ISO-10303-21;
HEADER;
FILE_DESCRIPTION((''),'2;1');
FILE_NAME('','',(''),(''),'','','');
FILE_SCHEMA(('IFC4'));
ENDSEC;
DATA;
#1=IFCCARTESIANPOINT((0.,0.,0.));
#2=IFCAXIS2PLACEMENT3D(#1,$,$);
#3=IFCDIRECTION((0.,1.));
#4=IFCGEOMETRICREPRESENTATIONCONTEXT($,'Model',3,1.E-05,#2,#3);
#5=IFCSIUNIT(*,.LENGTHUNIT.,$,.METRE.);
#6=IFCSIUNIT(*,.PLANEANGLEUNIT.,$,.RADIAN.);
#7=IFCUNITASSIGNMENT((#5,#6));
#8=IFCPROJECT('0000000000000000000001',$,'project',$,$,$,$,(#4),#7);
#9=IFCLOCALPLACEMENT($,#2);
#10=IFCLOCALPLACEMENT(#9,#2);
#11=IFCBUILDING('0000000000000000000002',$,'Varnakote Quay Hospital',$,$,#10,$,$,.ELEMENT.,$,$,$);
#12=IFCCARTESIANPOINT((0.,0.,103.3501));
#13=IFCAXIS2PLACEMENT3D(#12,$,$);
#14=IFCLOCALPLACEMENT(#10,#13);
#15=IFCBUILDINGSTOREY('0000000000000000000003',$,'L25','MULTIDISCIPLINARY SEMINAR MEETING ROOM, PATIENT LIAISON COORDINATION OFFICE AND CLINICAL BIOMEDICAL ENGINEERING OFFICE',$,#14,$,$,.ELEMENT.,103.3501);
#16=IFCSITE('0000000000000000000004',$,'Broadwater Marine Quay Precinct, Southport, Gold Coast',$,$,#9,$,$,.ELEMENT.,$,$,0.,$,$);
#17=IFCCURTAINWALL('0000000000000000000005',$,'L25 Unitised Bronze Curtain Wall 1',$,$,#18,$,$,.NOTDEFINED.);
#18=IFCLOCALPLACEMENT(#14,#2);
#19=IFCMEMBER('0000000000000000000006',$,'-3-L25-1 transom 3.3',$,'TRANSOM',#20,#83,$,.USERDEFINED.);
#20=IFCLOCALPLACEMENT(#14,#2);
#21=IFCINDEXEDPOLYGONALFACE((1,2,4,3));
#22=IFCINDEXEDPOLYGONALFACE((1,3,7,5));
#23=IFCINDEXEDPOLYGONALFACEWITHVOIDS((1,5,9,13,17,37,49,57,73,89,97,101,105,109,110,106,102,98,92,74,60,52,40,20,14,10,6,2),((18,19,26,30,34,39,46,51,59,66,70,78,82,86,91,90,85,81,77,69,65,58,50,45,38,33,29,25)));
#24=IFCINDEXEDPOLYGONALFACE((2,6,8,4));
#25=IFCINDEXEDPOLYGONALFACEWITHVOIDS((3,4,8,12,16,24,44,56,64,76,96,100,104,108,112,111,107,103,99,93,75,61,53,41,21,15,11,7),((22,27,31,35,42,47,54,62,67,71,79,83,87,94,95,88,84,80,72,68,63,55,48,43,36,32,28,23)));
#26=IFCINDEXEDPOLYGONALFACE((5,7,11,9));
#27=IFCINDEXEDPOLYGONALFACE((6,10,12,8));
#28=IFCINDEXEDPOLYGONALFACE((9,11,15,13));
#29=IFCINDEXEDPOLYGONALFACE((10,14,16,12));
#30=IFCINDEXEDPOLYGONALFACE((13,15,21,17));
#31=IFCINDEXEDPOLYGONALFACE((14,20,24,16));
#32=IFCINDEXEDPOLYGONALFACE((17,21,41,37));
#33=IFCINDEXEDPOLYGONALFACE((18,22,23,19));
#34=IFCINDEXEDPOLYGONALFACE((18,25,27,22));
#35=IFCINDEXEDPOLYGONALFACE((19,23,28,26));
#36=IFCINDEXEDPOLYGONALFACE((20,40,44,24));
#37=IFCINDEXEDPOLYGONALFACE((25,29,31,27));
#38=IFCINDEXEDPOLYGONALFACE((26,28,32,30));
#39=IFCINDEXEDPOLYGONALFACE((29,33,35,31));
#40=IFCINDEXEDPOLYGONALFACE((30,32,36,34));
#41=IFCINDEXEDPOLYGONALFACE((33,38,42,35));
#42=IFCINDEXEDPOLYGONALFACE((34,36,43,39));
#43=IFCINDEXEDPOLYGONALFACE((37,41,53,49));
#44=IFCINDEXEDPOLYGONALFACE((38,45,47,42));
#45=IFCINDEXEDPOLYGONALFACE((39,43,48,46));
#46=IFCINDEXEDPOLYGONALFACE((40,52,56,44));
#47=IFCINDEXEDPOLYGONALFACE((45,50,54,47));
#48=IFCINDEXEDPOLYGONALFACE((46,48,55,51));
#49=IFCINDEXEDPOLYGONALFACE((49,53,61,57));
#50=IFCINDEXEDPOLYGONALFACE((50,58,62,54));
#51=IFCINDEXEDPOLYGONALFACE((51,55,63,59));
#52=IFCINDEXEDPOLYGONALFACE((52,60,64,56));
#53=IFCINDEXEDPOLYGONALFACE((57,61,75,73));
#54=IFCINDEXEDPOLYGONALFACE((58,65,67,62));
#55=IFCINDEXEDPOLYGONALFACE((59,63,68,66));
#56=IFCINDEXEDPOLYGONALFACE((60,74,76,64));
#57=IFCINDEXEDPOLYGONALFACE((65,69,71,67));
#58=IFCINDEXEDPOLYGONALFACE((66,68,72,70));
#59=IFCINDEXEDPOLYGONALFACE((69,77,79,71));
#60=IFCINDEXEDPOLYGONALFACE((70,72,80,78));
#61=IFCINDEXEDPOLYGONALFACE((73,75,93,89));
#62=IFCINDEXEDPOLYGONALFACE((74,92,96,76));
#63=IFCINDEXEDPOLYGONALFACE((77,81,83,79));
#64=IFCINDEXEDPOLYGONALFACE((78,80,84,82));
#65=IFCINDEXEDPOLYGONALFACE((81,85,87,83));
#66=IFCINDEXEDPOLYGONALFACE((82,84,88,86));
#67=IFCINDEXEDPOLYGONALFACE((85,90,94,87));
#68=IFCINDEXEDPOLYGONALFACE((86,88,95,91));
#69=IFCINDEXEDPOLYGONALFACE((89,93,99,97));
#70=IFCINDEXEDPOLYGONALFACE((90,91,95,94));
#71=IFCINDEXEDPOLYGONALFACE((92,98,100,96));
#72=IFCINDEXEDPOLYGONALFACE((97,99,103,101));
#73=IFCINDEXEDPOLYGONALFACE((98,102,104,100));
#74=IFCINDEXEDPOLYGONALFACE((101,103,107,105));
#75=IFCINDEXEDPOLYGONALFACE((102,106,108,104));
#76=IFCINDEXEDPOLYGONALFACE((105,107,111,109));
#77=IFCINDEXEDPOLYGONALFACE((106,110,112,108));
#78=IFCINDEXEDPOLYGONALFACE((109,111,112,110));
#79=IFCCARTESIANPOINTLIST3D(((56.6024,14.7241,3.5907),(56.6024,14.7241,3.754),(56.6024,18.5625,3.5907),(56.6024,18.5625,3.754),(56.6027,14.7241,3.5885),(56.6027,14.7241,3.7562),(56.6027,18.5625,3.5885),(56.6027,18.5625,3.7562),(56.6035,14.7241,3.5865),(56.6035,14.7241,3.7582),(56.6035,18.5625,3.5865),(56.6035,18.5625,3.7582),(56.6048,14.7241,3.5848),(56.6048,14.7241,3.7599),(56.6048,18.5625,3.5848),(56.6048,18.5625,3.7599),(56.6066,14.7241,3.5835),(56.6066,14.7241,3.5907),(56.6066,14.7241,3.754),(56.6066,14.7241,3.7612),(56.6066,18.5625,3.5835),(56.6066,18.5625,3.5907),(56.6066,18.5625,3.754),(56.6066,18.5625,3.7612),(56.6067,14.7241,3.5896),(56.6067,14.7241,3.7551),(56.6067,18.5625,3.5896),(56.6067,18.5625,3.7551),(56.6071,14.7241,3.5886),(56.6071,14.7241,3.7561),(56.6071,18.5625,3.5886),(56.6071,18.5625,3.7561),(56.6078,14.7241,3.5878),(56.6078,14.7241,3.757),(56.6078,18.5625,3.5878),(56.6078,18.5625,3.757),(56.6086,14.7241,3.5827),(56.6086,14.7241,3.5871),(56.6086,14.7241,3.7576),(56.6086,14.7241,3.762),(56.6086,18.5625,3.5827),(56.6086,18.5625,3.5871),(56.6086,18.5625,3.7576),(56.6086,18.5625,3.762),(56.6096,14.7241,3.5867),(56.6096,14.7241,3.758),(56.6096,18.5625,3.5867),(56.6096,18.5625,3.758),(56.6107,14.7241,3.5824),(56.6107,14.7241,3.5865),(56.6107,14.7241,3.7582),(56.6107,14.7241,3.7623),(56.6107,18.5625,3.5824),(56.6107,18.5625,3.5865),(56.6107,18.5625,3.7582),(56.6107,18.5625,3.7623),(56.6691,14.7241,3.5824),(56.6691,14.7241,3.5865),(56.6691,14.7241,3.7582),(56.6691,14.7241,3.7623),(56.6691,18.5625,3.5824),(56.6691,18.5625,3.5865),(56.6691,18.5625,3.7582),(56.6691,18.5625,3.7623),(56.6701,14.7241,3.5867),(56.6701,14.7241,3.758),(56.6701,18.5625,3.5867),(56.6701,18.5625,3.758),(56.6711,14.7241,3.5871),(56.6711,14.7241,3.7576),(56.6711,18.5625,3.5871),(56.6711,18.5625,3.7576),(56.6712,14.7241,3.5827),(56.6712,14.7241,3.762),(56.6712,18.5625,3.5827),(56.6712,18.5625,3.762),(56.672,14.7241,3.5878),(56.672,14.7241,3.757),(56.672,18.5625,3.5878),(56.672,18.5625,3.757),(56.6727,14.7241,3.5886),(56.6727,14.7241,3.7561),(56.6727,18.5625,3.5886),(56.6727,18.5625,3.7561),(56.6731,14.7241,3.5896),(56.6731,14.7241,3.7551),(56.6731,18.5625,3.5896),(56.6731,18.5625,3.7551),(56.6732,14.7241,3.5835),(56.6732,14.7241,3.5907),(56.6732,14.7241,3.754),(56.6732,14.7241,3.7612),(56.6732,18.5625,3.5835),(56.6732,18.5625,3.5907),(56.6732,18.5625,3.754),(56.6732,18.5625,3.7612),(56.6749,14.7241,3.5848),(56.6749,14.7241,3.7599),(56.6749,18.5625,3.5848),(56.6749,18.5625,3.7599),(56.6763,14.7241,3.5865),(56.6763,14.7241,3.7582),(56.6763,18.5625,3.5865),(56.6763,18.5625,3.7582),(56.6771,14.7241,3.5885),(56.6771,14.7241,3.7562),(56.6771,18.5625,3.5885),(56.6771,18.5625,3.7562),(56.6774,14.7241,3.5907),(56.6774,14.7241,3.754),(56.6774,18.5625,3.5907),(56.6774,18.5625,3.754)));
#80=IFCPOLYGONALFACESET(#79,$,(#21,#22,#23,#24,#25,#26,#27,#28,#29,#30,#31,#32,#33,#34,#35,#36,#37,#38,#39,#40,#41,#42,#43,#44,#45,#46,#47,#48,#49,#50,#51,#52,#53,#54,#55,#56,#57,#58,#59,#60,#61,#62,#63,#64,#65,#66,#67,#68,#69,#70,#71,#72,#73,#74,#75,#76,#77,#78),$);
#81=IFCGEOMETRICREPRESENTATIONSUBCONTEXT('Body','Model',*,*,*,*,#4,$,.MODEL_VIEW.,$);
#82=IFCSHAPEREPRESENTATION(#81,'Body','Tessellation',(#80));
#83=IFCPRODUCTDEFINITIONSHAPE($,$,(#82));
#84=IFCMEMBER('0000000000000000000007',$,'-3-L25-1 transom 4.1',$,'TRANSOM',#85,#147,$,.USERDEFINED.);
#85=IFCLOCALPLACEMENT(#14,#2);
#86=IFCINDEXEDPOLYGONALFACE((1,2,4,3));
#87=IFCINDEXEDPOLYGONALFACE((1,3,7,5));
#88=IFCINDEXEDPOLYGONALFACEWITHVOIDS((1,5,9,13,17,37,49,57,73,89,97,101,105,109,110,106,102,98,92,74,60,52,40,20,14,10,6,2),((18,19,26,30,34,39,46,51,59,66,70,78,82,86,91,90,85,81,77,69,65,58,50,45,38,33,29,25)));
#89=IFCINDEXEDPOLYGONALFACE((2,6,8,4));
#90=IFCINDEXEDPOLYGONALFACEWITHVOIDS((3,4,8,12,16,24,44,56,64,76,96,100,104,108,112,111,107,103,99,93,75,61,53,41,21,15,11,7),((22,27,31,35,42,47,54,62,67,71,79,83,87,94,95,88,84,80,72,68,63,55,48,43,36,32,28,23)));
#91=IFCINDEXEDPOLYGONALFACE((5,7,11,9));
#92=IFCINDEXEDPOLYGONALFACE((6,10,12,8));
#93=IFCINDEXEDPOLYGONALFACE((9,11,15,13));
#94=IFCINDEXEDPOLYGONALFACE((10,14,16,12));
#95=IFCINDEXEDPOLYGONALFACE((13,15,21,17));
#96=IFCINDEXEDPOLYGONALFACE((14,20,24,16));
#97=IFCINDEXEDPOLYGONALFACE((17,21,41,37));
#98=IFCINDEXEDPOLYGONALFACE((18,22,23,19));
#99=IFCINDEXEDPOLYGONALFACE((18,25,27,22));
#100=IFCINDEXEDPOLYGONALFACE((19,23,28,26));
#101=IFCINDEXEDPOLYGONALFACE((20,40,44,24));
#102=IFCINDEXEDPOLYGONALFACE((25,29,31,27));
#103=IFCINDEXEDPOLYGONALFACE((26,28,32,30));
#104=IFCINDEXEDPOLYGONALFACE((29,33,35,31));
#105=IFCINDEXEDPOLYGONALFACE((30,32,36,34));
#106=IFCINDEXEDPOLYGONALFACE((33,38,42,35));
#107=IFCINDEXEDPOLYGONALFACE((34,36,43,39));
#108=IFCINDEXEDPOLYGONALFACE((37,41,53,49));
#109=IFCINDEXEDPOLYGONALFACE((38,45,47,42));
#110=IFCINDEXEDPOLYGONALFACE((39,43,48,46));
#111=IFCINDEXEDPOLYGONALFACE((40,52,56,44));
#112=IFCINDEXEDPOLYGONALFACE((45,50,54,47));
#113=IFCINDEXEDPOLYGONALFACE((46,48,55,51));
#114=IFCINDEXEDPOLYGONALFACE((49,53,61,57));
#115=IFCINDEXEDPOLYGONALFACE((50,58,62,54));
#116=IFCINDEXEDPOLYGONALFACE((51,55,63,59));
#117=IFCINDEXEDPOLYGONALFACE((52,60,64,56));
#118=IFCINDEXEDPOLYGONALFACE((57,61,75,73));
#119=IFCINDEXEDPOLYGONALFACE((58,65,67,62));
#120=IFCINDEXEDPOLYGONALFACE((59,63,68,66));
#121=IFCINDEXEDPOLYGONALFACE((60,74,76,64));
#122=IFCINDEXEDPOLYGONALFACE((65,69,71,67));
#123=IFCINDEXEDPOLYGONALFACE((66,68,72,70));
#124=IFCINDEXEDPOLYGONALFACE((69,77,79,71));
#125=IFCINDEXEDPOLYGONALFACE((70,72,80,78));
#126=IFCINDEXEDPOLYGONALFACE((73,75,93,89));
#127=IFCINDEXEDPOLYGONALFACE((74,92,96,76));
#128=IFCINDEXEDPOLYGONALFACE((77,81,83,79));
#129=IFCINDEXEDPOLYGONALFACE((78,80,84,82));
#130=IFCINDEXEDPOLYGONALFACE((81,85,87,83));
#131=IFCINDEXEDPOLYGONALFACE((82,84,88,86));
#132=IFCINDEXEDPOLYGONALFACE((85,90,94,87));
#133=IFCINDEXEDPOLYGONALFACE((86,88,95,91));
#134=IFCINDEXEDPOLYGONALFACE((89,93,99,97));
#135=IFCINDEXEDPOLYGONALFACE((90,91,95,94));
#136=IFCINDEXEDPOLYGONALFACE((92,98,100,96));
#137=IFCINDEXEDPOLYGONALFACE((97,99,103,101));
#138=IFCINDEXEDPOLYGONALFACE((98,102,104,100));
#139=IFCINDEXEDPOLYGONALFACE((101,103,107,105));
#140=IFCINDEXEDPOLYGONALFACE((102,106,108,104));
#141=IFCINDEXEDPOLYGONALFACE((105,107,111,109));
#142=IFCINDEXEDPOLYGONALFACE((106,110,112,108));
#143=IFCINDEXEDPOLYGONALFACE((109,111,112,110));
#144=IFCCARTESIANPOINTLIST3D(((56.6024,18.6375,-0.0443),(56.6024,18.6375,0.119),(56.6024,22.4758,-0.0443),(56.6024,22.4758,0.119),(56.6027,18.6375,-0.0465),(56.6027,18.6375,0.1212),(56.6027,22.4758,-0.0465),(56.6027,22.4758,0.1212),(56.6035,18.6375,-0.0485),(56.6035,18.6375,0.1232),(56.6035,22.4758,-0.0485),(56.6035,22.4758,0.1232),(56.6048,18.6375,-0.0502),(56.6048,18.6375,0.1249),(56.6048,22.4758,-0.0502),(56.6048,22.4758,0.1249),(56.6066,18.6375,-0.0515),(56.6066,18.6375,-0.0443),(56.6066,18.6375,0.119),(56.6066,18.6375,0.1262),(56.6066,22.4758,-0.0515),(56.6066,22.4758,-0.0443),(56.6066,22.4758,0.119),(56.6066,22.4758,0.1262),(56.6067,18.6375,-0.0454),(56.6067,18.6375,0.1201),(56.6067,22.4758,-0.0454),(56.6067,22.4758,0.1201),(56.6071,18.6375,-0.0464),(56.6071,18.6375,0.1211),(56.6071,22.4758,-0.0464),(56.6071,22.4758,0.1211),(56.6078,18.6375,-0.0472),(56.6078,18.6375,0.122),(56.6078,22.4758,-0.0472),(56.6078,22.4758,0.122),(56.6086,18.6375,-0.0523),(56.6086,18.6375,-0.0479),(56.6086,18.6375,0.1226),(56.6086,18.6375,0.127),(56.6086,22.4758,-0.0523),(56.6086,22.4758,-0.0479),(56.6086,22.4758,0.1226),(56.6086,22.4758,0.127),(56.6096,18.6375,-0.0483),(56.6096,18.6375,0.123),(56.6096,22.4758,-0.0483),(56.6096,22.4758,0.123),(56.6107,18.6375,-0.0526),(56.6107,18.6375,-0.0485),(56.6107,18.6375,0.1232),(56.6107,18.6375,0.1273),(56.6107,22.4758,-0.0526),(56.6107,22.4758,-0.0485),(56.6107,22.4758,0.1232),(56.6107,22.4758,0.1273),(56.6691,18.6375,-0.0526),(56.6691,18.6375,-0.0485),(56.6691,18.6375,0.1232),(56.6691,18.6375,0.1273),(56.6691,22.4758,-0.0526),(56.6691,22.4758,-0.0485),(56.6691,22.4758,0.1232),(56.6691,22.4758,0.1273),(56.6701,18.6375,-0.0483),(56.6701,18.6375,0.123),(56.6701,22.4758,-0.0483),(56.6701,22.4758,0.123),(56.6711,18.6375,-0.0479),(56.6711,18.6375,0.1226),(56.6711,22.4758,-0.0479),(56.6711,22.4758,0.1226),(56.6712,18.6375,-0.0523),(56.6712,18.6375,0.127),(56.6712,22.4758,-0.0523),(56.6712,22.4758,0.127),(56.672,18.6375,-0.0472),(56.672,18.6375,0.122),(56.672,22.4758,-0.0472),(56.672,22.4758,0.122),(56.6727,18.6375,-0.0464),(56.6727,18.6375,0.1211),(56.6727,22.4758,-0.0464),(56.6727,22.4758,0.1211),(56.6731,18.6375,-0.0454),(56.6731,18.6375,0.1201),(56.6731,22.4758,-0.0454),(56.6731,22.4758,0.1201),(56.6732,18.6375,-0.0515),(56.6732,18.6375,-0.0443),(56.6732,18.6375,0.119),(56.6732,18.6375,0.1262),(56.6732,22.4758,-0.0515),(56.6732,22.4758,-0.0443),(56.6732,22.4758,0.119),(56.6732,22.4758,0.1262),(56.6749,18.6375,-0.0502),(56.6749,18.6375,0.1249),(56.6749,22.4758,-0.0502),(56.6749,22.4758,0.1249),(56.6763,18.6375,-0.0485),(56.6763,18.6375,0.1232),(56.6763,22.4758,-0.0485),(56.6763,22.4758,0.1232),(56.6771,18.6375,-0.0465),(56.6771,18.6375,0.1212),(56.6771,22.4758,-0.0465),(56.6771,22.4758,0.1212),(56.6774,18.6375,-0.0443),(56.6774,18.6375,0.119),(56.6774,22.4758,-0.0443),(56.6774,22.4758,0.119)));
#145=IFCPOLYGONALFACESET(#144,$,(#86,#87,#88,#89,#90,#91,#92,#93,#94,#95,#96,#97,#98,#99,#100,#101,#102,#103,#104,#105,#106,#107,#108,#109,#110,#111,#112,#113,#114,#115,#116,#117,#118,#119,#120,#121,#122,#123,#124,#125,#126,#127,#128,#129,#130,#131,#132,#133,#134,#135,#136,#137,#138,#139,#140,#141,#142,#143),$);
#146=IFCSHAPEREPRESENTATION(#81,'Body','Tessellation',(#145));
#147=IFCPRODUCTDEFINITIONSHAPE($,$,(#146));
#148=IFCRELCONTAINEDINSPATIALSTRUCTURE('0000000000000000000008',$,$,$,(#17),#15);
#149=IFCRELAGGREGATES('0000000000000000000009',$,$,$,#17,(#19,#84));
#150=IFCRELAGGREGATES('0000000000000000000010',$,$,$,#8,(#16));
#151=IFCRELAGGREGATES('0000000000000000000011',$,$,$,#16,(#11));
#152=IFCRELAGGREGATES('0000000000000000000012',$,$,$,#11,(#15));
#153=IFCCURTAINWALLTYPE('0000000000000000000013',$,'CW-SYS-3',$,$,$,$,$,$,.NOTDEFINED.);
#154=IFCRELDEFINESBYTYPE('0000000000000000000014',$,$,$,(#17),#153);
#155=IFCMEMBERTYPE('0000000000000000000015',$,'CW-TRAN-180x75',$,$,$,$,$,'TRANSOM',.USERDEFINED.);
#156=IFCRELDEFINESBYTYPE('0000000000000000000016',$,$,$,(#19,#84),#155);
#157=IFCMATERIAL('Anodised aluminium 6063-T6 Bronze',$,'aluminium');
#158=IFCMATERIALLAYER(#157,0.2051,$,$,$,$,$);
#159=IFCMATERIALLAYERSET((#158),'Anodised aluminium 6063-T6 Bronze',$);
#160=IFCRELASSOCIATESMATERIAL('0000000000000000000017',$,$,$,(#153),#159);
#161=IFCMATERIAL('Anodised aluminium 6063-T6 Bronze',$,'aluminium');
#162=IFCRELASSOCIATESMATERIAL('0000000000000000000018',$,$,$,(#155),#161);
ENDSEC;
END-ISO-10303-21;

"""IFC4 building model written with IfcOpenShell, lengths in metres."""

from ifc_helpers import new_model, si_unit, direction, frame, origin, origin_2d, place, context, subcontext, project, spatial, hollow_rectangle, extrude, material, layer, layer_set, material_profile, profile_set, type_object, element, aggregate, save


model = new_model("IFC4")

# Units and contexts
model_context = context("Model", 3, precision=1e-05, world=origin(), true_north=direction((0.0, 1.0)))
body_context = subcontext(model_context, "Body", "Model", "MODEL_VIEW")
ifc_project = project(units=[si_unit("LENGTHUNIT", "METRE"), si_unit("PLANEANGLEUNIT", "RADIAN")], contexts=[model_context])

# Site, building, storey
site_placement = place(None, origin())
site = spatial("IfcSite", under=ifc_project, at=site_placement, Name="Broadwater Marine Quay Precinct, Southport, Gold Coast", CompositionType="ELEMENT", RefElevation=0.0)
building_placement = place(site_placement, origin())
building = spatial("IfcBuilding", under=site, at=building_placement, Name="Varnakote Quay Hospital", CompositionType="ELEMENT")
storey_placement = place(building_placement, frame((0.0, 0.0, 103.3501)))
storey = spatial("IfcBuildingStorey", under=building, at=storey_placement, Name="L25", Description="MULTIDISCIPLINARY SEMINAR MEETING ROOM, PATIENT LIAISON COORDINATION OFFICE AND CLINICAL BIOMEDICAL ENGINEERING OFFICE", CompositionType="ELEMENT", Elevation=103.3501)

# Curtain wall, members
ifc_material_1 = material(Name="Anodised aluminium 6063-T6 Bronze", Category="aluminium")
ifc_layer_1 = layer(ifc_material_1, 0.2051)
ifc_layer_set_1 = layer_set([ifc_layer_1], Name="Anodised aluminium 6063-T6 Bronze")
curtain_wall_type = type_object("IfcCurtainWallType", Name="CW-SYS-3", PredefinedType="NOTDEFINED", material=ifc_layer_set_1)
curtain_wall_placement = place(storey_placement, origin())
curtain_wall = element("IfcCurtainWall", 1, at=curtain_wall_placement, inside=storey, type_object=curtain_wall_type, Name="L25 Unitised Bronze Curtain Wall 1", PredefinedType="NOTDEFINED")
ifc_material_2 = material(Name="Anodised aluminium 6063-T6 Bronze", Category="aluminium")
ifc_material_profile_1 = material_profile(ifc_material_2, hollow_rectangle(XDim=0.075, YDim=0.1799, WallThickness=0.0042, InnerFilletRadius=0.0042, OuterFilletRadius=0.0083, at=origin_2d()), Name="CW-TRAN-180x75")
ifc_profile_set_1 = profile_set([ifc_material_profile_1], Name="Anodised aluminium 6063-T6 Bronze")
member_type_1 = type_object("IfcMemberType", Name="CW-TRAN-180x75", ElementType="TRANSOM", PredefinedType="USERDEFINED", material=ifc_profile_set_1)
member_1_placement = place(storey_placement, frame((56.6399, 14.7241, 3.6724), z_axis=(0.0, 1.0, 0.0), x_axis=(-1.0, 0.0, 0.0)))
member_1 = element("IfcMember", 2, at=member_1_placement, type_object=member_type_1, Name="-3-L25-1 transom 3.3", ObjectType="TRANSOM", PredefinedType="USERDEFINED", context=body_context, shape_type="SweptSolid", body=[
    extrude(hollow_rectangle(XDim=0.075, YDim=0.1799, WallThickness=0.0042, InnerFilletRadius=0.0042, OuterFilletRadius=0.0083, at=origin_2d()), origin(), (0.0, 0.0, 1.0), 3.8384),
])
member_2_placement = place(storey_placement, frame((56.6399, 18.6375, 0.0374), z_axis=(0.0, 1.0, 0.0), x_axis=(-1.0, 0.0, 0.0)))
member_2 = element("IfcMember", 3, at=member_2_placement, type_object=member_type_1, Name="-3-L25-1 transom 4.1", ObjectType="TRANSOM", PredefinedType="USERDEFINED", context=body_context, shape_type="SweptSolid", body=[
    extrude(hollow_rectangle(XDim=0.075, YDim=0.1799, WallThickness=0.0042, InnerFilletRadius=0.0042, OuterFilletRadius=0.0083, at=origin_2d()), origin(), (0.0, 0.0, 1.0), 3.8384),
])
aggregate(curtain_wall, [member_1, member_2])

save(model, "model.ifc")
